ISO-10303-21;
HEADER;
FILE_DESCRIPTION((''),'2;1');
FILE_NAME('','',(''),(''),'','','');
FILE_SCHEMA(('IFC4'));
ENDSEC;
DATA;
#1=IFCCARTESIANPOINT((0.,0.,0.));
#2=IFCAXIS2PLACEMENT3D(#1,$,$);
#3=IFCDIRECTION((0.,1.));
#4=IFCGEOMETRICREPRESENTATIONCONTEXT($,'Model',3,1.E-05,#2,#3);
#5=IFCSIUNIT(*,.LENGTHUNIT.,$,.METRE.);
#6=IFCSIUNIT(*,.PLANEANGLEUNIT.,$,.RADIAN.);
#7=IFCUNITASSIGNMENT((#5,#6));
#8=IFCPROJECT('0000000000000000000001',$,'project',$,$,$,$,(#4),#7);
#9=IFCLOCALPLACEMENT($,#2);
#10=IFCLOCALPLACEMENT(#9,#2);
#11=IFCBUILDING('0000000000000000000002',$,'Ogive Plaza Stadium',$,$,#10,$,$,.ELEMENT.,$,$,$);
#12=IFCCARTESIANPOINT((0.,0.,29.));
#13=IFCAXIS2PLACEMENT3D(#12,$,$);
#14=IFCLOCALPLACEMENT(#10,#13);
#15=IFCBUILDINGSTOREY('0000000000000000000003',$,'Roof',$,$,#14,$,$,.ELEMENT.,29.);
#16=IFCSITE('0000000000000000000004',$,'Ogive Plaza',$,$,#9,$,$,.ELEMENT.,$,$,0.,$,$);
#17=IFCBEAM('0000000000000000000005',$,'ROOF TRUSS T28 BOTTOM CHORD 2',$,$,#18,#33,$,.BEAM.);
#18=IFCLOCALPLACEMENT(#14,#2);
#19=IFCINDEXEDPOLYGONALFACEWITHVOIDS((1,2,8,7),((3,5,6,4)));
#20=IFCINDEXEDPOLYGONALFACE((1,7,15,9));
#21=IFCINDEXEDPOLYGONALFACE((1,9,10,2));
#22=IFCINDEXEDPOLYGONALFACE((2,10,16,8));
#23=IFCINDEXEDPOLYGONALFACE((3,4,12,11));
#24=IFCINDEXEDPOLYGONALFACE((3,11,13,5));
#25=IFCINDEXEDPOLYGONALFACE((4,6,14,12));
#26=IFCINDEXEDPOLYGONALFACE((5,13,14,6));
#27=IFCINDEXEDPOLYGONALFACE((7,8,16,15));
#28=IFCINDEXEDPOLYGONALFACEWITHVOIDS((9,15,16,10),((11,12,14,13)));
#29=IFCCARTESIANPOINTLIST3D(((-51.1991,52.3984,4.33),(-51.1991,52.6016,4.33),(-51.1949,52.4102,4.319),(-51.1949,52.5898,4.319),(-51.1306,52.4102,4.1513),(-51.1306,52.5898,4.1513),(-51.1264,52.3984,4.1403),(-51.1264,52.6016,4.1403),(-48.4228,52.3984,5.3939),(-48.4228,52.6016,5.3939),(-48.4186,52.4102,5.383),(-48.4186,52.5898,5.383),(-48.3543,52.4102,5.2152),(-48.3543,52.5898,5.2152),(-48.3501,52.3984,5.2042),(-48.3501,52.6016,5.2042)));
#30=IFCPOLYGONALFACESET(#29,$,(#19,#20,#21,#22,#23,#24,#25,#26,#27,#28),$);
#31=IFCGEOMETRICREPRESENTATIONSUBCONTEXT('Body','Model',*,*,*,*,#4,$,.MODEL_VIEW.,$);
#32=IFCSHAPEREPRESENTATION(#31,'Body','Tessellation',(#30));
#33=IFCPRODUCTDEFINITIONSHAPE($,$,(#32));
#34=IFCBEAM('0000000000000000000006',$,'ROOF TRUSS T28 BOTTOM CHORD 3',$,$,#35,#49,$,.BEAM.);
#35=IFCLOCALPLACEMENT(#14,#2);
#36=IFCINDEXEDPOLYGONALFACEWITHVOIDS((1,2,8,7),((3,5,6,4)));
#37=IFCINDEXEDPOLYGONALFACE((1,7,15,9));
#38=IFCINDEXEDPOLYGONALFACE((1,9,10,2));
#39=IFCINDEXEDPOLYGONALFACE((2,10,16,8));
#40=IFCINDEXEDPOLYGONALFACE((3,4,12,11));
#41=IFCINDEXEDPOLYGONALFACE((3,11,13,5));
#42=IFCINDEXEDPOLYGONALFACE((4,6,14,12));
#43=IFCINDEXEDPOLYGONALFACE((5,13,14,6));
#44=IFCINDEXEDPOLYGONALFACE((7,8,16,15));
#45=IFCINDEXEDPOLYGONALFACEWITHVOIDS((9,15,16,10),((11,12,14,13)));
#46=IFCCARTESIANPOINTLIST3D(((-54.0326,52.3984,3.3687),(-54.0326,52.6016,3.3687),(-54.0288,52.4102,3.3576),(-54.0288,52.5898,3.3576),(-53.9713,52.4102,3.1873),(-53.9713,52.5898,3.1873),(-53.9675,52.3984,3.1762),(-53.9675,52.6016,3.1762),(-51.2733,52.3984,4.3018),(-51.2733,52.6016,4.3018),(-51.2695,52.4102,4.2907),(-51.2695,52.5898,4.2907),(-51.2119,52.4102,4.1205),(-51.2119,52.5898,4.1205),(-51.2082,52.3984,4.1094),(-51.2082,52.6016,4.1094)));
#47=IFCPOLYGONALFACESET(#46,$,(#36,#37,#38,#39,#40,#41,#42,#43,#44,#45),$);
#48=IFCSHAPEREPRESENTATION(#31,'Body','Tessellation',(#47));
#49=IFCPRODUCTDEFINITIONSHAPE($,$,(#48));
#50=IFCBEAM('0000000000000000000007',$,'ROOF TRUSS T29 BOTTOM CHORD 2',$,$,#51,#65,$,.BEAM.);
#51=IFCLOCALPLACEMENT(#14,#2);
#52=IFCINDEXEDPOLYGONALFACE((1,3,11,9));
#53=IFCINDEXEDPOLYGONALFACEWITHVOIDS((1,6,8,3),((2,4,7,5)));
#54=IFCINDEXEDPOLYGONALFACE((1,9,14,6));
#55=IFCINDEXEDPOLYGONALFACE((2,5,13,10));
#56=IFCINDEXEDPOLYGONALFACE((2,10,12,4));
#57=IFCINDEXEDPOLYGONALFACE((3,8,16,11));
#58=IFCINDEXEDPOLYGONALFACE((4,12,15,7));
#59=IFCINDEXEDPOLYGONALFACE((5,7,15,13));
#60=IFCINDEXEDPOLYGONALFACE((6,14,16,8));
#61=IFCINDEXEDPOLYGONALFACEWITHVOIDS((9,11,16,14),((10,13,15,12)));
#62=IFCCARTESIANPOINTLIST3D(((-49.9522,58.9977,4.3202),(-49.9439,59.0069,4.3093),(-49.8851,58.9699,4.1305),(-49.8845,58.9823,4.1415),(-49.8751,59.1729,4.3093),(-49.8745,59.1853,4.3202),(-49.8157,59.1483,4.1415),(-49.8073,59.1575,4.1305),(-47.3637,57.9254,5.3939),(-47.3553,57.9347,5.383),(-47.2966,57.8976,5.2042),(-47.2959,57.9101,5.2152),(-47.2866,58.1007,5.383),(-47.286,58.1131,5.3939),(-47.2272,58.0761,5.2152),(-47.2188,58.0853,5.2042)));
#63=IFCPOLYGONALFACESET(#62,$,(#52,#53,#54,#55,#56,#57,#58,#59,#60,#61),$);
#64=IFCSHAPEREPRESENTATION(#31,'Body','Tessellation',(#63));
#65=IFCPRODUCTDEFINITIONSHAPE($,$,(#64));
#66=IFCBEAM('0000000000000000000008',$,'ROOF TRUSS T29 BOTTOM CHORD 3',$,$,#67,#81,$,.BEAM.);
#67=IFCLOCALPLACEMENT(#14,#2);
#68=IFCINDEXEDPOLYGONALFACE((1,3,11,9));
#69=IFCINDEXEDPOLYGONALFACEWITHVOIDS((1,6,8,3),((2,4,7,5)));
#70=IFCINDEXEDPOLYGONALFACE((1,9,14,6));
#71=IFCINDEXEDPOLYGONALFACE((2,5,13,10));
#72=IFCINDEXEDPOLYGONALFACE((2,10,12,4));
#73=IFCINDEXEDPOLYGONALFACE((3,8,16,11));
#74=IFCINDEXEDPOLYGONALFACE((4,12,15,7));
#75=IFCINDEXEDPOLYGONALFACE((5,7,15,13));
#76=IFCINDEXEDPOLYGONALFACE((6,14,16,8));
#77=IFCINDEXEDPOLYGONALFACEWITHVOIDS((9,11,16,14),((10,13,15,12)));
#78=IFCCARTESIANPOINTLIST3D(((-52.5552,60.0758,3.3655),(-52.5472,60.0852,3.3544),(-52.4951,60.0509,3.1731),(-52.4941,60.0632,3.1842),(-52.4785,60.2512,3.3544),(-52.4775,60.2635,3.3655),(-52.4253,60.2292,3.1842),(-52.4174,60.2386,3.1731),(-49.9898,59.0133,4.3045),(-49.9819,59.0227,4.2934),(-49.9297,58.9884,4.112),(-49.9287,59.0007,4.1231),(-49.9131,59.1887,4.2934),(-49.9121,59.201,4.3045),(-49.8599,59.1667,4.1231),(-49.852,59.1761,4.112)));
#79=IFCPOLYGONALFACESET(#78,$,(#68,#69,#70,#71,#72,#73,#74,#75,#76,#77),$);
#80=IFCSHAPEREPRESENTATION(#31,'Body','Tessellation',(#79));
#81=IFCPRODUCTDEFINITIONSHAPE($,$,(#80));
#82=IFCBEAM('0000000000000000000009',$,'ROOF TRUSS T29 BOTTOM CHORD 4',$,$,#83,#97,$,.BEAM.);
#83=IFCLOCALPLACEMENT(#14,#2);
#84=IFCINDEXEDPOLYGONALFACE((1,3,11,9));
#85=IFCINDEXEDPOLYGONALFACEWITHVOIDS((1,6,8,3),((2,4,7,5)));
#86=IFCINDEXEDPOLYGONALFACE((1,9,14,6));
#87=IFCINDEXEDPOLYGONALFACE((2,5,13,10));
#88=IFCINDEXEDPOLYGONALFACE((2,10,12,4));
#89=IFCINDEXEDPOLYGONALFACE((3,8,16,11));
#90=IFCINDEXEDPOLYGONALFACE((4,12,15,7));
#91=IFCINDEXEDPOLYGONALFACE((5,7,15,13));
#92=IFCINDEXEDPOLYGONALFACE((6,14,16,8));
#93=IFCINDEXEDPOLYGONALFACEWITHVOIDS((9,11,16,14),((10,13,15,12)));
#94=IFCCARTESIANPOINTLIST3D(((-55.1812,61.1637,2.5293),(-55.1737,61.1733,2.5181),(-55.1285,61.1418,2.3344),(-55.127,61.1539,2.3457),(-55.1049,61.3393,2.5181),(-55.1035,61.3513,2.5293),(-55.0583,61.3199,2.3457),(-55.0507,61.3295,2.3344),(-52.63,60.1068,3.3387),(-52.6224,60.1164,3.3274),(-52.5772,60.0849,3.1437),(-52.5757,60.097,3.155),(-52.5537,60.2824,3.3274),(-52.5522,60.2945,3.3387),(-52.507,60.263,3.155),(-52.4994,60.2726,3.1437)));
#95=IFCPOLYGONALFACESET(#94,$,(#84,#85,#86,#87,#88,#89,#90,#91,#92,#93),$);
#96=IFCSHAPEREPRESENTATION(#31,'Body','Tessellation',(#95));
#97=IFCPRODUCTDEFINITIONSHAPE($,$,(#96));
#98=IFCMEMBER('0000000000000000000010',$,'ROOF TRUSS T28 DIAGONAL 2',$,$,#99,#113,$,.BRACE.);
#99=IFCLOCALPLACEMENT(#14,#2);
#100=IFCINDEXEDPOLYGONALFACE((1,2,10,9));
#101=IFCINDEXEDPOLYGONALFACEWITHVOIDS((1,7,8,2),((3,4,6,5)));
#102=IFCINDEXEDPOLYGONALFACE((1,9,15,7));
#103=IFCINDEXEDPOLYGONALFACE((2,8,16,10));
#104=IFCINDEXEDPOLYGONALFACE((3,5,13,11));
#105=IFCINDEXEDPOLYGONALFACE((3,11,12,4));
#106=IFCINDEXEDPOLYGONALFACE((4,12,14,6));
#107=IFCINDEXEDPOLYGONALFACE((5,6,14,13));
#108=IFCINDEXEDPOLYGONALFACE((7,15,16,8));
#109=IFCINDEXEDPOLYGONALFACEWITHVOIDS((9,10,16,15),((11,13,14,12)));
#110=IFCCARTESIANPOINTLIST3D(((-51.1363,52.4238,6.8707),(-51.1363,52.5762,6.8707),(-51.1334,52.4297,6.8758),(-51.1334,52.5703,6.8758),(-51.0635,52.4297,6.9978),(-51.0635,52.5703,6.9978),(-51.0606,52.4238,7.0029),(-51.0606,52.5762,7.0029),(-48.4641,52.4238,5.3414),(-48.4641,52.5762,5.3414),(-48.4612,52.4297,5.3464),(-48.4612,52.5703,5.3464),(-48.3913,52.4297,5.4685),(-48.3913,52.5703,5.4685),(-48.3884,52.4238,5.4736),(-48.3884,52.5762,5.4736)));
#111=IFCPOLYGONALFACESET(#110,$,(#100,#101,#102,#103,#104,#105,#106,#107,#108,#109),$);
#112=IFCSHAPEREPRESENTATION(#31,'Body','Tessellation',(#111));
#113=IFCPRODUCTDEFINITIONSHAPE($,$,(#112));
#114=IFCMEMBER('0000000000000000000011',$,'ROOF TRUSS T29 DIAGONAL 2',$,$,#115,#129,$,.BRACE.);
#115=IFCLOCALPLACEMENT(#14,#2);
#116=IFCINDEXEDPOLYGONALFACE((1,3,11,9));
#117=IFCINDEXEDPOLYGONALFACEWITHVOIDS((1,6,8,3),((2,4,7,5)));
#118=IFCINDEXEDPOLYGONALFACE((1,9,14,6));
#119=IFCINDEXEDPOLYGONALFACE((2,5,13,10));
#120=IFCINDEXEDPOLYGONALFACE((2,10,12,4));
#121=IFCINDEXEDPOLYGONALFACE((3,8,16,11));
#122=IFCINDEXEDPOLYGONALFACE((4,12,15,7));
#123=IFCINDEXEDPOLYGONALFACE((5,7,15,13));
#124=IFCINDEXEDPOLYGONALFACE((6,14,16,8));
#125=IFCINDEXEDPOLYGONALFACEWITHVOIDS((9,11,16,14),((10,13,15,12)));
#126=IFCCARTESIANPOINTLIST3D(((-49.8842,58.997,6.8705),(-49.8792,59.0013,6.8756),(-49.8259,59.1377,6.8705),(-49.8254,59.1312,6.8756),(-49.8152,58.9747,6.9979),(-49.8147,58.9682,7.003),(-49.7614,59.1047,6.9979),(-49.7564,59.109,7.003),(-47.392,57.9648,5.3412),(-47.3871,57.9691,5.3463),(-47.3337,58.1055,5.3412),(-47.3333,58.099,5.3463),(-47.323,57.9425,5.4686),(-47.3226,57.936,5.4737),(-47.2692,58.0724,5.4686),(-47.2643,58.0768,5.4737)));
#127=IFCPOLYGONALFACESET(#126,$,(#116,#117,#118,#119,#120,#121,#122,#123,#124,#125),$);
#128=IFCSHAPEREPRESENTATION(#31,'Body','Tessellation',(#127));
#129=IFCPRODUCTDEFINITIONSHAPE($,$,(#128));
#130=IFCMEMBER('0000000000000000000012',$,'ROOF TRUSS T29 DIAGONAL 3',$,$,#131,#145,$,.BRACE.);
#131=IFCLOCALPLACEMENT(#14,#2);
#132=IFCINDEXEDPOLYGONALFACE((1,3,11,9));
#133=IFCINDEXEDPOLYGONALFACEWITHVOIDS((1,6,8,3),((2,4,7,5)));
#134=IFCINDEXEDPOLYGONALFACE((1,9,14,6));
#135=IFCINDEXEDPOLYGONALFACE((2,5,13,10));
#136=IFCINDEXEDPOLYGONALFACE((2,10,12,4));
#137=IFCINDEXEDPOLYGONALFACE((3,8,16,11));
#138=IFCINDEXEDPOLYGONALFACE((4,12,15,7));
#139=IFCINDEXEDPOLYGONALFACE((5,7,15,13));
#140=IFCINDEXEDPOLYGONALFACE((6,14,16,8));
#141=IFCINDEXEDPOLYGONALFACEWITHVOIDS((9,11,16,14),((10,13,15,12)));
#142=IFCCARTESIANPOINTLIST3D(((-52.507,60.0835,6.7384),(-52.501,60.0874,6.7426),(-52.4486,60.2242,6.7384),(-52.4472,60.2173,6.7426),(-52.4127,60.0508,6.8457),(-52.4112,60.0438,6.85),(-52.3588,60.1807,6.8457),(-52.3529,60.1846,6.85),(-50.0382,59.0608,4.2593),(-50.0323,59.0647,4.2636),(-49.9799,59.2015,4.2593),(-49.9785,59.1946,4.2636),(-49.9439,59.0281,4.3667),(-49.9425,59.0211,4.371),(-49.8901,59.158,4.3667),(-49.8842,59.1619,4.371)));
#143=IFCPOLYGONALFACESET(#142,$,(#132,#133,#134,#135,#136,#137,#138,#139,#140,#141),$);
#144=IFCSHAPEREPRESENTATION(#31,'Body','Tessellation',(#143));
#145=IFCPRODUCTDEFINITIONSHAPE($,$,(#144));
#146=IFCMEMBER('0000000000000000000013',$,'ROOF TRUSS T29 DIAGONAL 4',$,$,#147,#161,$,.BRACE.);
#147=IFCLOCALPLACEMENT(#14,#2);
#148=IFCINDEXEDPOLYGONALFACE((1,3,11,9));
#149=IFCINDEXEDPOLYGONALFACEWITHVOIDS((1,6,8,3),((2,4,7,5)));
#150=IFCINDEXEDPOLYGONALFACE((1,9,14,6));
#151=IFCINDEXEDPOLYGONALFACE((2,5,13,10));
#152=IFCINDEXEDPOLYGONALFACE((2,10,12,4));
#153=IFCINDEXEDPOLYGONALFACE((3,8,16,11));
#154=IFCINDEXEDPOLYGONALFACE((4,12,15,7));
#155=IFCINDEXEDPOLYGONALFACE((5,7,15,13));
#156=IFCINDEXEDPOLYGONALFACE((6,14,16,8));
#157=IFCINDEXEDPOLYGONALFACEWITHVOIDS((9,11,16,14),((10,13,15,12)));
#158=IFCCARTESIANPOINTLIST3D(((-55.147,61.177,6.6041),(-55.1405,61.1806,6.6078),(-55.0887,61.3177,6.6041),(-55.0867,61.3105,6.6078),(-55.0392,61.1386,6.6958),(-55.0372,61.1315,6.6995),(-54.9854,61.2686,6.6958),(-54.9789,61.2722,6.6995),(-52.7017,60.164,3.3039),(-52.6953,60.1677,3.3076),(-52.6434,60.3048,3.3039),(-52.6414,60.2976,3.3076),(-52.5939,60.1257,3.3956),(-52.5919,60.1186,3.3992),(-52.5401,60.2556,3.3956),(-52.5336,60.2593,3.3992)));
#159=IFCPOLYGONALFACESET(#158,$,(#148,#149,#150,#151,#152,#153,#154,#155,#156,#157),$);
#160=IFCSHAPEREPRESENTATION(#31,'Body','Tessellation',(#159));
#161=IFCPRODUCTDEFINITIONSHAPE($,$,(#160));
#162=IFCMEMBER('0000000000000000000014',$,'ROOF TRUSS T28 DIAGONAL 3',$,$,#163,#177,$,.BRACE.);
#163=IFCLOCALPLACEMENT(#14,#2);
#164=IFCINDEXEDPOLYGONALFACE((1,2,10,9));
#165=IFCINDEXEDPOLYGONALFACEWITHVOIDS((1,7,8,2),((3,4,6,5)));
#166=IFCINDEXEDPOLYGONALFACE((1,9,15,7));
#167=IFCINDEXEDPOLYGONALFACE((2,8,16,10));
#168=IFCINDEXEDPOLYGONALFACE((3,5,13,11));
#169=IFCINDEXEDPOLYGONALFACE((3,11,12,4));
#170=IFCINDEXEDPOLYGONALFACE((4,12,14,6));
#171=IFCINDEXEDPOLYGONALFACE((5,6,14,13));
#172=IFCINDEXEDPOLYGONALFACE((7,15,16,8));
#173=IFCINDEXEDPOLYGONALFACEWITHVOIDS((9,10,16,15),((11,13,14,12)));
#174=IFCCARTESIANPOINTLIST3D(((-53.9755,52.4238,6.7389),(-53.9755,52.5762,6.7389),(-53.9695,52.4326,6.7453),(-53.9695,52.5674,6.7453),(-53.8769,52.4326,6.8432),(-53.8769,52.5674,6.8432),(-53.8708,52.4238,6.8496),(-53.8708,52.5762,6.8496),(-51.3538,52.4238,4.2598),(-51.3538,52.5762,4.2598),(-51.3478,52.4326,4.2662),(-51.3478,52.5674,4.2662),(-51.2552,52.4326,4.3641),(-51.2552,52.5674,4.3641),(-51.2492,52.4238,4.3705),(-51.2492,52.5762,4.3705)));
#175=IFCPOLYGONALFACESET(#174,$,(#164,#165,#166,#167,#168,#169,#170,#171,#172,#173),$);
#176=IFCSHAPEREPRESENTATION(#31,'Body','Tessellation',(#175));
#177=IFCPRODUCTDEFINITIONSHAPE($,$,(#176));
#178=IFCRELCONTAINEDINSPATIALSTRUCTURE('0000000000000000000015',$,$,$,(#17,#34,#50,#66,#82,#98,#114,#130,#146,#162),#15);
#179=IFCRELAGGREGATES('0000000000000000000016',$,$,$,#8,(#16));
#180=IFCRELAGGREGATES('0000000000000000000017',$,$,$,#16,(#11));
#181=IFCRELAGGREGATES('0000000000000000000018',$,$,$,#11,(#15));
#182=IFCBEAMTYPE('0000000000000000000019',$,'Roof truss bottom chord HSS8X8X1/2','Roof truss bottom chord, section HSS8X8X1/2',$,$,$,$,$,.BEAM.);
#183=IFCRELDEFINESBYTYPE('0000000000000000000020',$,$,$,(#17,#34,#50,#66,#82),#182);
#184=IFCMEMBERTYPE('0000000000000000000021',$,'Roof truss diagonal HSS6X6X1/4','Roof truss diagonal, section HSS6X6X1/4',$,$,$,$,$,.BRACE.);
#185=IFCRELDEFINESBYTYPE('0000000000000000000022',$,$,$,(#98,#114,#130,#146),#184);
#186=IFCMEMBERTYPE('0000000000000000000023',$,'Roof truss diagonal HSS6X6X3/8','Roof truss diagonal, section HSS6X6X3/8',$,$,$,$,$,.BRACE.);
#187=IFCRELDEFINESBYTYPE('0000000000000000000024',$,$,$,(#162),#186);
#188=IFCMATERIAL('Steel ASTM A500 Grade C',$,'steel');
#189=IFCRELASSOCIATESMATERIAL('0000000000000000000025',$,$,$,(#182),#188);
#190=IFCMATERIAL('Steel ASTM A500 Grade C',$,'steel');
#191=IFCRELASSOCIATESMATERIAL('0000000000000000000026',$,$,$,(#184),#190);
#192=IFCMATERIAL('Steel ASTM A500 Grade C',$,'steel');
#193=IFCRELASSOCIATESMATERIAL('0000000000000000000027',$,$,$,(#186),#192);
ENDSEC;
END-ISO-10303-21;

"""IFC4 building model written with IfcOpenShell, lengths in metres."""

from ifc_helpers import new_model, si_unit, direction, frame, origin, origin_2d, place, context, subcontext, project, spatial, hollow_rectangle, extrude, material, material_profile, profile_set, type_object, element, save


model = new_model("IFC4")

# Units and contexts
model_context = context("Model", 3, precision=1e-05, world=origin(), true_north=direction((0.0, 1.0)))
body_context = subcontext(model_context, "Body", "Model", "MODEL_VIEW")
ifc_project = project(units=[si_unit("LENGTHUNIT", "METRE"), si_unit("PLANEANGLEUNIT", "RADIAN")], contexts=[model_context])

# Site, building, storey
site_placement = place(None, origin())
site = spatial("IfcSite", under=ifc_project, at=site_placement, Name="Ogive Plaza", CompositionType="ELEMENT", RefElevation=0.0)
building_placement = place(site_placement, origin())
building = spatial("IfcBuilding", under=site, at=building_placement, Name="Ogive Plaza Stadium", CompositionType="ELEMENT")
storey_placement = place(building_placement, frame((0.0, 0.0, 29.0)))
storey = spatial("IfcBuildingStorey", under=building, at=storey_placement, Name="Roof", CompositionType="ELEMENT", Elevation=29.0)

# Beams
ifc_material_1 = material(Name="Steel ASTM A500 Grade C", Category="steel")
ifc_material_profile_1 = material_profile(ifc_material_1, hollow_rectangle(XDim=0.2031, YDim=0.2031, WallThickness=0.0117, at=origin_2d()), Name="HSS8X8X1/2")
ifc_profile_set_1 = profile_set([ifc_material_profile_1], Name="Steel ASTM A500 Grade C")
beam_type_1 = type_object("IfcBeamType", Name="Roof truss bottom chord HSS8X8X1/2", Description="Roof truss bottom chord, section HSS8X8X1/2", PredefinedType="BEAM", material=ifc_profile_set_1)
beam_1_placement = place(storey_placement, frame((-48.3865, 52.5, 5.2991), z_axis=(-0.933781, 0.0, -0.357845), x_axis=(0.0, -1.0, 0.0)))
element("IfcBeam", 1, at=beam_1_placement, inside=storey, type_object=beam_type_1, Name="ROOF TRUSS T28 BOTTOM CHORD 2", PredefinedType="BEAM", context=body_context, shape_type="SweptSolid", body=[
    extrude(hollow_rectangle(XDim=0.2031, YDim=0.2031, WallThickness=0.0117, at=origin_2d()), origin(), (0.0, 0.0, 1.0), 2.9731),
])
beam_2_placement = place(storey_placement, frame((-51.2407, 52.5, 4.2056), z_axis=(-0.9473, 0.0, -0.320349), x_axis=(0.0, -1.0, 0.0)))
element("IfcBeam", 2, at=beam_2_placement, inside=storey, type_object=beam_type_1, Name="ROOF TRUSS T28 BOTTOM CHORD 3", PredefinedType="BEAM", context=body_context, shape_type="SweptSolid", body=[
    extrude(hollow_rectangle(XDim=0.2031, YDim=0.2031, WallThickness=0.0117, at=origin_2d()), origin(), (0.0, 0.0, 1.0), 2.9128),
])
beam_3_placement = place(storey_placement, frame((-47.2913, 58.0054, 5.2991), z_axis=(-0.862701, 0.35735, -0.357838), x_axis=(-0.38269, -0.923877, 0.0)))
element("IfcBeam", 3, at=beam_3_placement, inside=storey, type_object=beam_type_1, Name="ROOF TRUSS T29 BOTTOM CHORD 2", PredefinedType="BEAM", context=body_context, shape_type="SweptSolid", body=[
    extrude(hollow_rectangle(XDim=0.2031, YDim=0.2031, WallThickness=0.0117, at=origin_2d()), origin(), (0.0, 0.0, 1.0), 3.0005),
])
beam_4_placement = place(storey_placement, frame((-49.9209, 59.0947, 4.2083), z_axis=(-0.875212, 0.362478, -0.320334), x_axis=(-0.382642, -0.923897, 0.0)))
element("IfcBeam", 4, at=beam_4_placement, inside=storey, type_object=beam_type_1, Name="ROOF TRUSS T29 BOTTOM CHORD 3", PredefinedType="BEAM", context=body_context, shape_type="SweptSolid", body=[
    extrude(hollow_rectangle(XDim=0.2031, YDim=0.2031, WallThickness=0.0117, at=origin_2d()), origin(), (0.0, 0.0, 1.0), 2.9312),
])
beam_5_placement = place(storey_placement, frame((-52.5647, 60.1897, 3.2412), z_axis=(-0.886574, 0.367271, -0.281243), x_axis=(-0.382719, -0.923865, 0.0)))
element("IfcBeam", 5, at=beam_5_placement, inside=storey, type_object=beam_type_1, Name="ROOF TRUSS T29 BOTTOM CHORD 4", PredefinedType="BEAM", context=body_context, shape_type="SweptSolid", body=[
    extrude(hollow_rectangle(XDim=0.2031, YDim=0.2031, WallThickness=0.0117, at=origin_2d()), origin(), (0.0, 0.0, 1.0), 2.8777),
])

# Members
ifc_material_2 = material(Name="Steel ASTM A500 Grade C", Category="steel")
ifc_material_profile_2 = material_profile(ifc_material_2, hollow_rectangle(XDim=0.1523, YDim=0.1523, WallThickness=0.0059, at=origin_2d()), Name="HSS6X6X1/4")
ifc_profile_set_2 = profile_set([ifc_material_profile_2], Name="Steel ASTM A500 Grade C")
member_type_1 = type_object("IfcMemberType", Name="Roof truss diagonal HSS6X6X1/4", Description="Roof truss diagonal, section HSS6X6X1/4", PredefinedType="BRACE", material=ifc_profile_set_2)
member_1_placement = place(storey_placement, frame((-48.4263, 52.5, 5.4075), z_axis=(-0.867911, 0.0, 0.49672), x_axis=(0.0, -1.0, 0.0)))
element("IfcMember", 6, at=member_1_placement, inside=storey, type_object=member_type_1, Name="ROOF TRUSS T28 DIAGONAL 2", PredefinedType="BRACE", context=body_context, shape_type="SweptSolid", body=[
    extrude(hollow_rectangle(XDim=0.1523, YDim=0.1523, WallThickness=0.0059, at=origin_2d()), origin(), (0.0, 0.0, 1.0), 3.0789),
])
member_2_placement = place(storey_placement, frame((-47.3281, 58.0208, 5.4075), z_axis=(-0.803712, 0.332886, 0.493187), x_axis=(-0.382661, -0.923889, 0.0)))
element("IfcMember", 7, at=member_2_placement, inside=storey, type_object=member_type_1, Name="ROOF TRUSS T29 DIAGONAL 2", PredefinedType="BRACE", context=body_context, shape_type="SweptSolid", body=[
    extrude(hollow_rectangle(XDim=0.1523, YDim=0.1523, WallThickness=0.0059, at=origin_2d()), origin(), (0.0, 0.0, 1.0), 3.1008),
])
member_3_placement = place(storey_placement, frame((-49.9612, 59.1113, 4.3152), z_axis=(-0.677295, 0.280577, 0.680109), x_axis=(-0.38272, -0.923864, 0.0)))
element("IfcMember", 8, at=member_3_placement, inside=storey, type_object=member_type_1, Name="ROOF TRUSS T29 DIAGONAL 3", PredefinedType="BRACE", context=body_context, shape_type="SweptSolid", body=[
    extrude(hollow_rectangle(XDim=0.1523, YDim=0.1523, WallThickness=0.0059, at=origin_2d()), origin(), (0.0, 0.0, 1.0), 3.645),
])
member_4_placement = place(storey_placement, frame((-52.6177, 60.2117, 3.3516), z_axis=(-0.578013, 0.239435, 0.78011), x_axis=(-0.382702, -0.923872, 0.0)))
element("IfcMember", 9, at=member_4_placement, inside=storey, type_object=member_type_1, Name="ROOF TRUSS T29 DIAGONAL 4", PredefinedType="BRACE", context=body_context, shape_type="SweptSolid", body=[
    extrude(hollow_rectangle(XDim=0.1523, YDim=0.1523, WallThickness=0.0059, at=origin_2d()), origin(), (0.0, 0.0, 1.0), 4.2305),
])
ifc_material_3 = material(Name="Steel ASTM A500 Grade C", Category="steel")
ifc_material_profile_3 = material_profile(ifc_material_3, hollow_rectangle(XDim=0.1523, YDim=0.1523, WallThickness=0.0088, at=origin_2d()), Name="HSS6X6X3/8")
ifc_profile_set_3 = profile_set([ifc_material_profile_3], Name="Steel ASTM A500 Grade C")
member_type_2 = type_object("IfcMemberType", Name="Roof truss diagonal HSS6X6X3/8", Description="Roof truss diagonal, section HSS6X6X3/8", PredefinedType="BRACE", material=ifc_profile_set_3)
member_5_placement = place(storey_placement, frame((-51.3015, 52.5, 4.3152), z_axis=(-0.726589, 0.0, 0.687072), x_axis=(0.0, -1.0, 0.0)))
element("IfcMember", 10, at=member_5_placement, inside=storey, type_object=member_type_2, Name="ROOF TRUSS T28 DIAGONAL 3", PredefinedType="BRACE", context=body_context, shape_type="SweptSolid", body=[
    extrude(hollow_rectangle(XDim=0.1523, YDim=0.1523, WallThickness=0.0088, at=origin_2d()), origin(), (0.0, 0.0, 1.0), 3.6082),
])

save(model, "model.ifc")
